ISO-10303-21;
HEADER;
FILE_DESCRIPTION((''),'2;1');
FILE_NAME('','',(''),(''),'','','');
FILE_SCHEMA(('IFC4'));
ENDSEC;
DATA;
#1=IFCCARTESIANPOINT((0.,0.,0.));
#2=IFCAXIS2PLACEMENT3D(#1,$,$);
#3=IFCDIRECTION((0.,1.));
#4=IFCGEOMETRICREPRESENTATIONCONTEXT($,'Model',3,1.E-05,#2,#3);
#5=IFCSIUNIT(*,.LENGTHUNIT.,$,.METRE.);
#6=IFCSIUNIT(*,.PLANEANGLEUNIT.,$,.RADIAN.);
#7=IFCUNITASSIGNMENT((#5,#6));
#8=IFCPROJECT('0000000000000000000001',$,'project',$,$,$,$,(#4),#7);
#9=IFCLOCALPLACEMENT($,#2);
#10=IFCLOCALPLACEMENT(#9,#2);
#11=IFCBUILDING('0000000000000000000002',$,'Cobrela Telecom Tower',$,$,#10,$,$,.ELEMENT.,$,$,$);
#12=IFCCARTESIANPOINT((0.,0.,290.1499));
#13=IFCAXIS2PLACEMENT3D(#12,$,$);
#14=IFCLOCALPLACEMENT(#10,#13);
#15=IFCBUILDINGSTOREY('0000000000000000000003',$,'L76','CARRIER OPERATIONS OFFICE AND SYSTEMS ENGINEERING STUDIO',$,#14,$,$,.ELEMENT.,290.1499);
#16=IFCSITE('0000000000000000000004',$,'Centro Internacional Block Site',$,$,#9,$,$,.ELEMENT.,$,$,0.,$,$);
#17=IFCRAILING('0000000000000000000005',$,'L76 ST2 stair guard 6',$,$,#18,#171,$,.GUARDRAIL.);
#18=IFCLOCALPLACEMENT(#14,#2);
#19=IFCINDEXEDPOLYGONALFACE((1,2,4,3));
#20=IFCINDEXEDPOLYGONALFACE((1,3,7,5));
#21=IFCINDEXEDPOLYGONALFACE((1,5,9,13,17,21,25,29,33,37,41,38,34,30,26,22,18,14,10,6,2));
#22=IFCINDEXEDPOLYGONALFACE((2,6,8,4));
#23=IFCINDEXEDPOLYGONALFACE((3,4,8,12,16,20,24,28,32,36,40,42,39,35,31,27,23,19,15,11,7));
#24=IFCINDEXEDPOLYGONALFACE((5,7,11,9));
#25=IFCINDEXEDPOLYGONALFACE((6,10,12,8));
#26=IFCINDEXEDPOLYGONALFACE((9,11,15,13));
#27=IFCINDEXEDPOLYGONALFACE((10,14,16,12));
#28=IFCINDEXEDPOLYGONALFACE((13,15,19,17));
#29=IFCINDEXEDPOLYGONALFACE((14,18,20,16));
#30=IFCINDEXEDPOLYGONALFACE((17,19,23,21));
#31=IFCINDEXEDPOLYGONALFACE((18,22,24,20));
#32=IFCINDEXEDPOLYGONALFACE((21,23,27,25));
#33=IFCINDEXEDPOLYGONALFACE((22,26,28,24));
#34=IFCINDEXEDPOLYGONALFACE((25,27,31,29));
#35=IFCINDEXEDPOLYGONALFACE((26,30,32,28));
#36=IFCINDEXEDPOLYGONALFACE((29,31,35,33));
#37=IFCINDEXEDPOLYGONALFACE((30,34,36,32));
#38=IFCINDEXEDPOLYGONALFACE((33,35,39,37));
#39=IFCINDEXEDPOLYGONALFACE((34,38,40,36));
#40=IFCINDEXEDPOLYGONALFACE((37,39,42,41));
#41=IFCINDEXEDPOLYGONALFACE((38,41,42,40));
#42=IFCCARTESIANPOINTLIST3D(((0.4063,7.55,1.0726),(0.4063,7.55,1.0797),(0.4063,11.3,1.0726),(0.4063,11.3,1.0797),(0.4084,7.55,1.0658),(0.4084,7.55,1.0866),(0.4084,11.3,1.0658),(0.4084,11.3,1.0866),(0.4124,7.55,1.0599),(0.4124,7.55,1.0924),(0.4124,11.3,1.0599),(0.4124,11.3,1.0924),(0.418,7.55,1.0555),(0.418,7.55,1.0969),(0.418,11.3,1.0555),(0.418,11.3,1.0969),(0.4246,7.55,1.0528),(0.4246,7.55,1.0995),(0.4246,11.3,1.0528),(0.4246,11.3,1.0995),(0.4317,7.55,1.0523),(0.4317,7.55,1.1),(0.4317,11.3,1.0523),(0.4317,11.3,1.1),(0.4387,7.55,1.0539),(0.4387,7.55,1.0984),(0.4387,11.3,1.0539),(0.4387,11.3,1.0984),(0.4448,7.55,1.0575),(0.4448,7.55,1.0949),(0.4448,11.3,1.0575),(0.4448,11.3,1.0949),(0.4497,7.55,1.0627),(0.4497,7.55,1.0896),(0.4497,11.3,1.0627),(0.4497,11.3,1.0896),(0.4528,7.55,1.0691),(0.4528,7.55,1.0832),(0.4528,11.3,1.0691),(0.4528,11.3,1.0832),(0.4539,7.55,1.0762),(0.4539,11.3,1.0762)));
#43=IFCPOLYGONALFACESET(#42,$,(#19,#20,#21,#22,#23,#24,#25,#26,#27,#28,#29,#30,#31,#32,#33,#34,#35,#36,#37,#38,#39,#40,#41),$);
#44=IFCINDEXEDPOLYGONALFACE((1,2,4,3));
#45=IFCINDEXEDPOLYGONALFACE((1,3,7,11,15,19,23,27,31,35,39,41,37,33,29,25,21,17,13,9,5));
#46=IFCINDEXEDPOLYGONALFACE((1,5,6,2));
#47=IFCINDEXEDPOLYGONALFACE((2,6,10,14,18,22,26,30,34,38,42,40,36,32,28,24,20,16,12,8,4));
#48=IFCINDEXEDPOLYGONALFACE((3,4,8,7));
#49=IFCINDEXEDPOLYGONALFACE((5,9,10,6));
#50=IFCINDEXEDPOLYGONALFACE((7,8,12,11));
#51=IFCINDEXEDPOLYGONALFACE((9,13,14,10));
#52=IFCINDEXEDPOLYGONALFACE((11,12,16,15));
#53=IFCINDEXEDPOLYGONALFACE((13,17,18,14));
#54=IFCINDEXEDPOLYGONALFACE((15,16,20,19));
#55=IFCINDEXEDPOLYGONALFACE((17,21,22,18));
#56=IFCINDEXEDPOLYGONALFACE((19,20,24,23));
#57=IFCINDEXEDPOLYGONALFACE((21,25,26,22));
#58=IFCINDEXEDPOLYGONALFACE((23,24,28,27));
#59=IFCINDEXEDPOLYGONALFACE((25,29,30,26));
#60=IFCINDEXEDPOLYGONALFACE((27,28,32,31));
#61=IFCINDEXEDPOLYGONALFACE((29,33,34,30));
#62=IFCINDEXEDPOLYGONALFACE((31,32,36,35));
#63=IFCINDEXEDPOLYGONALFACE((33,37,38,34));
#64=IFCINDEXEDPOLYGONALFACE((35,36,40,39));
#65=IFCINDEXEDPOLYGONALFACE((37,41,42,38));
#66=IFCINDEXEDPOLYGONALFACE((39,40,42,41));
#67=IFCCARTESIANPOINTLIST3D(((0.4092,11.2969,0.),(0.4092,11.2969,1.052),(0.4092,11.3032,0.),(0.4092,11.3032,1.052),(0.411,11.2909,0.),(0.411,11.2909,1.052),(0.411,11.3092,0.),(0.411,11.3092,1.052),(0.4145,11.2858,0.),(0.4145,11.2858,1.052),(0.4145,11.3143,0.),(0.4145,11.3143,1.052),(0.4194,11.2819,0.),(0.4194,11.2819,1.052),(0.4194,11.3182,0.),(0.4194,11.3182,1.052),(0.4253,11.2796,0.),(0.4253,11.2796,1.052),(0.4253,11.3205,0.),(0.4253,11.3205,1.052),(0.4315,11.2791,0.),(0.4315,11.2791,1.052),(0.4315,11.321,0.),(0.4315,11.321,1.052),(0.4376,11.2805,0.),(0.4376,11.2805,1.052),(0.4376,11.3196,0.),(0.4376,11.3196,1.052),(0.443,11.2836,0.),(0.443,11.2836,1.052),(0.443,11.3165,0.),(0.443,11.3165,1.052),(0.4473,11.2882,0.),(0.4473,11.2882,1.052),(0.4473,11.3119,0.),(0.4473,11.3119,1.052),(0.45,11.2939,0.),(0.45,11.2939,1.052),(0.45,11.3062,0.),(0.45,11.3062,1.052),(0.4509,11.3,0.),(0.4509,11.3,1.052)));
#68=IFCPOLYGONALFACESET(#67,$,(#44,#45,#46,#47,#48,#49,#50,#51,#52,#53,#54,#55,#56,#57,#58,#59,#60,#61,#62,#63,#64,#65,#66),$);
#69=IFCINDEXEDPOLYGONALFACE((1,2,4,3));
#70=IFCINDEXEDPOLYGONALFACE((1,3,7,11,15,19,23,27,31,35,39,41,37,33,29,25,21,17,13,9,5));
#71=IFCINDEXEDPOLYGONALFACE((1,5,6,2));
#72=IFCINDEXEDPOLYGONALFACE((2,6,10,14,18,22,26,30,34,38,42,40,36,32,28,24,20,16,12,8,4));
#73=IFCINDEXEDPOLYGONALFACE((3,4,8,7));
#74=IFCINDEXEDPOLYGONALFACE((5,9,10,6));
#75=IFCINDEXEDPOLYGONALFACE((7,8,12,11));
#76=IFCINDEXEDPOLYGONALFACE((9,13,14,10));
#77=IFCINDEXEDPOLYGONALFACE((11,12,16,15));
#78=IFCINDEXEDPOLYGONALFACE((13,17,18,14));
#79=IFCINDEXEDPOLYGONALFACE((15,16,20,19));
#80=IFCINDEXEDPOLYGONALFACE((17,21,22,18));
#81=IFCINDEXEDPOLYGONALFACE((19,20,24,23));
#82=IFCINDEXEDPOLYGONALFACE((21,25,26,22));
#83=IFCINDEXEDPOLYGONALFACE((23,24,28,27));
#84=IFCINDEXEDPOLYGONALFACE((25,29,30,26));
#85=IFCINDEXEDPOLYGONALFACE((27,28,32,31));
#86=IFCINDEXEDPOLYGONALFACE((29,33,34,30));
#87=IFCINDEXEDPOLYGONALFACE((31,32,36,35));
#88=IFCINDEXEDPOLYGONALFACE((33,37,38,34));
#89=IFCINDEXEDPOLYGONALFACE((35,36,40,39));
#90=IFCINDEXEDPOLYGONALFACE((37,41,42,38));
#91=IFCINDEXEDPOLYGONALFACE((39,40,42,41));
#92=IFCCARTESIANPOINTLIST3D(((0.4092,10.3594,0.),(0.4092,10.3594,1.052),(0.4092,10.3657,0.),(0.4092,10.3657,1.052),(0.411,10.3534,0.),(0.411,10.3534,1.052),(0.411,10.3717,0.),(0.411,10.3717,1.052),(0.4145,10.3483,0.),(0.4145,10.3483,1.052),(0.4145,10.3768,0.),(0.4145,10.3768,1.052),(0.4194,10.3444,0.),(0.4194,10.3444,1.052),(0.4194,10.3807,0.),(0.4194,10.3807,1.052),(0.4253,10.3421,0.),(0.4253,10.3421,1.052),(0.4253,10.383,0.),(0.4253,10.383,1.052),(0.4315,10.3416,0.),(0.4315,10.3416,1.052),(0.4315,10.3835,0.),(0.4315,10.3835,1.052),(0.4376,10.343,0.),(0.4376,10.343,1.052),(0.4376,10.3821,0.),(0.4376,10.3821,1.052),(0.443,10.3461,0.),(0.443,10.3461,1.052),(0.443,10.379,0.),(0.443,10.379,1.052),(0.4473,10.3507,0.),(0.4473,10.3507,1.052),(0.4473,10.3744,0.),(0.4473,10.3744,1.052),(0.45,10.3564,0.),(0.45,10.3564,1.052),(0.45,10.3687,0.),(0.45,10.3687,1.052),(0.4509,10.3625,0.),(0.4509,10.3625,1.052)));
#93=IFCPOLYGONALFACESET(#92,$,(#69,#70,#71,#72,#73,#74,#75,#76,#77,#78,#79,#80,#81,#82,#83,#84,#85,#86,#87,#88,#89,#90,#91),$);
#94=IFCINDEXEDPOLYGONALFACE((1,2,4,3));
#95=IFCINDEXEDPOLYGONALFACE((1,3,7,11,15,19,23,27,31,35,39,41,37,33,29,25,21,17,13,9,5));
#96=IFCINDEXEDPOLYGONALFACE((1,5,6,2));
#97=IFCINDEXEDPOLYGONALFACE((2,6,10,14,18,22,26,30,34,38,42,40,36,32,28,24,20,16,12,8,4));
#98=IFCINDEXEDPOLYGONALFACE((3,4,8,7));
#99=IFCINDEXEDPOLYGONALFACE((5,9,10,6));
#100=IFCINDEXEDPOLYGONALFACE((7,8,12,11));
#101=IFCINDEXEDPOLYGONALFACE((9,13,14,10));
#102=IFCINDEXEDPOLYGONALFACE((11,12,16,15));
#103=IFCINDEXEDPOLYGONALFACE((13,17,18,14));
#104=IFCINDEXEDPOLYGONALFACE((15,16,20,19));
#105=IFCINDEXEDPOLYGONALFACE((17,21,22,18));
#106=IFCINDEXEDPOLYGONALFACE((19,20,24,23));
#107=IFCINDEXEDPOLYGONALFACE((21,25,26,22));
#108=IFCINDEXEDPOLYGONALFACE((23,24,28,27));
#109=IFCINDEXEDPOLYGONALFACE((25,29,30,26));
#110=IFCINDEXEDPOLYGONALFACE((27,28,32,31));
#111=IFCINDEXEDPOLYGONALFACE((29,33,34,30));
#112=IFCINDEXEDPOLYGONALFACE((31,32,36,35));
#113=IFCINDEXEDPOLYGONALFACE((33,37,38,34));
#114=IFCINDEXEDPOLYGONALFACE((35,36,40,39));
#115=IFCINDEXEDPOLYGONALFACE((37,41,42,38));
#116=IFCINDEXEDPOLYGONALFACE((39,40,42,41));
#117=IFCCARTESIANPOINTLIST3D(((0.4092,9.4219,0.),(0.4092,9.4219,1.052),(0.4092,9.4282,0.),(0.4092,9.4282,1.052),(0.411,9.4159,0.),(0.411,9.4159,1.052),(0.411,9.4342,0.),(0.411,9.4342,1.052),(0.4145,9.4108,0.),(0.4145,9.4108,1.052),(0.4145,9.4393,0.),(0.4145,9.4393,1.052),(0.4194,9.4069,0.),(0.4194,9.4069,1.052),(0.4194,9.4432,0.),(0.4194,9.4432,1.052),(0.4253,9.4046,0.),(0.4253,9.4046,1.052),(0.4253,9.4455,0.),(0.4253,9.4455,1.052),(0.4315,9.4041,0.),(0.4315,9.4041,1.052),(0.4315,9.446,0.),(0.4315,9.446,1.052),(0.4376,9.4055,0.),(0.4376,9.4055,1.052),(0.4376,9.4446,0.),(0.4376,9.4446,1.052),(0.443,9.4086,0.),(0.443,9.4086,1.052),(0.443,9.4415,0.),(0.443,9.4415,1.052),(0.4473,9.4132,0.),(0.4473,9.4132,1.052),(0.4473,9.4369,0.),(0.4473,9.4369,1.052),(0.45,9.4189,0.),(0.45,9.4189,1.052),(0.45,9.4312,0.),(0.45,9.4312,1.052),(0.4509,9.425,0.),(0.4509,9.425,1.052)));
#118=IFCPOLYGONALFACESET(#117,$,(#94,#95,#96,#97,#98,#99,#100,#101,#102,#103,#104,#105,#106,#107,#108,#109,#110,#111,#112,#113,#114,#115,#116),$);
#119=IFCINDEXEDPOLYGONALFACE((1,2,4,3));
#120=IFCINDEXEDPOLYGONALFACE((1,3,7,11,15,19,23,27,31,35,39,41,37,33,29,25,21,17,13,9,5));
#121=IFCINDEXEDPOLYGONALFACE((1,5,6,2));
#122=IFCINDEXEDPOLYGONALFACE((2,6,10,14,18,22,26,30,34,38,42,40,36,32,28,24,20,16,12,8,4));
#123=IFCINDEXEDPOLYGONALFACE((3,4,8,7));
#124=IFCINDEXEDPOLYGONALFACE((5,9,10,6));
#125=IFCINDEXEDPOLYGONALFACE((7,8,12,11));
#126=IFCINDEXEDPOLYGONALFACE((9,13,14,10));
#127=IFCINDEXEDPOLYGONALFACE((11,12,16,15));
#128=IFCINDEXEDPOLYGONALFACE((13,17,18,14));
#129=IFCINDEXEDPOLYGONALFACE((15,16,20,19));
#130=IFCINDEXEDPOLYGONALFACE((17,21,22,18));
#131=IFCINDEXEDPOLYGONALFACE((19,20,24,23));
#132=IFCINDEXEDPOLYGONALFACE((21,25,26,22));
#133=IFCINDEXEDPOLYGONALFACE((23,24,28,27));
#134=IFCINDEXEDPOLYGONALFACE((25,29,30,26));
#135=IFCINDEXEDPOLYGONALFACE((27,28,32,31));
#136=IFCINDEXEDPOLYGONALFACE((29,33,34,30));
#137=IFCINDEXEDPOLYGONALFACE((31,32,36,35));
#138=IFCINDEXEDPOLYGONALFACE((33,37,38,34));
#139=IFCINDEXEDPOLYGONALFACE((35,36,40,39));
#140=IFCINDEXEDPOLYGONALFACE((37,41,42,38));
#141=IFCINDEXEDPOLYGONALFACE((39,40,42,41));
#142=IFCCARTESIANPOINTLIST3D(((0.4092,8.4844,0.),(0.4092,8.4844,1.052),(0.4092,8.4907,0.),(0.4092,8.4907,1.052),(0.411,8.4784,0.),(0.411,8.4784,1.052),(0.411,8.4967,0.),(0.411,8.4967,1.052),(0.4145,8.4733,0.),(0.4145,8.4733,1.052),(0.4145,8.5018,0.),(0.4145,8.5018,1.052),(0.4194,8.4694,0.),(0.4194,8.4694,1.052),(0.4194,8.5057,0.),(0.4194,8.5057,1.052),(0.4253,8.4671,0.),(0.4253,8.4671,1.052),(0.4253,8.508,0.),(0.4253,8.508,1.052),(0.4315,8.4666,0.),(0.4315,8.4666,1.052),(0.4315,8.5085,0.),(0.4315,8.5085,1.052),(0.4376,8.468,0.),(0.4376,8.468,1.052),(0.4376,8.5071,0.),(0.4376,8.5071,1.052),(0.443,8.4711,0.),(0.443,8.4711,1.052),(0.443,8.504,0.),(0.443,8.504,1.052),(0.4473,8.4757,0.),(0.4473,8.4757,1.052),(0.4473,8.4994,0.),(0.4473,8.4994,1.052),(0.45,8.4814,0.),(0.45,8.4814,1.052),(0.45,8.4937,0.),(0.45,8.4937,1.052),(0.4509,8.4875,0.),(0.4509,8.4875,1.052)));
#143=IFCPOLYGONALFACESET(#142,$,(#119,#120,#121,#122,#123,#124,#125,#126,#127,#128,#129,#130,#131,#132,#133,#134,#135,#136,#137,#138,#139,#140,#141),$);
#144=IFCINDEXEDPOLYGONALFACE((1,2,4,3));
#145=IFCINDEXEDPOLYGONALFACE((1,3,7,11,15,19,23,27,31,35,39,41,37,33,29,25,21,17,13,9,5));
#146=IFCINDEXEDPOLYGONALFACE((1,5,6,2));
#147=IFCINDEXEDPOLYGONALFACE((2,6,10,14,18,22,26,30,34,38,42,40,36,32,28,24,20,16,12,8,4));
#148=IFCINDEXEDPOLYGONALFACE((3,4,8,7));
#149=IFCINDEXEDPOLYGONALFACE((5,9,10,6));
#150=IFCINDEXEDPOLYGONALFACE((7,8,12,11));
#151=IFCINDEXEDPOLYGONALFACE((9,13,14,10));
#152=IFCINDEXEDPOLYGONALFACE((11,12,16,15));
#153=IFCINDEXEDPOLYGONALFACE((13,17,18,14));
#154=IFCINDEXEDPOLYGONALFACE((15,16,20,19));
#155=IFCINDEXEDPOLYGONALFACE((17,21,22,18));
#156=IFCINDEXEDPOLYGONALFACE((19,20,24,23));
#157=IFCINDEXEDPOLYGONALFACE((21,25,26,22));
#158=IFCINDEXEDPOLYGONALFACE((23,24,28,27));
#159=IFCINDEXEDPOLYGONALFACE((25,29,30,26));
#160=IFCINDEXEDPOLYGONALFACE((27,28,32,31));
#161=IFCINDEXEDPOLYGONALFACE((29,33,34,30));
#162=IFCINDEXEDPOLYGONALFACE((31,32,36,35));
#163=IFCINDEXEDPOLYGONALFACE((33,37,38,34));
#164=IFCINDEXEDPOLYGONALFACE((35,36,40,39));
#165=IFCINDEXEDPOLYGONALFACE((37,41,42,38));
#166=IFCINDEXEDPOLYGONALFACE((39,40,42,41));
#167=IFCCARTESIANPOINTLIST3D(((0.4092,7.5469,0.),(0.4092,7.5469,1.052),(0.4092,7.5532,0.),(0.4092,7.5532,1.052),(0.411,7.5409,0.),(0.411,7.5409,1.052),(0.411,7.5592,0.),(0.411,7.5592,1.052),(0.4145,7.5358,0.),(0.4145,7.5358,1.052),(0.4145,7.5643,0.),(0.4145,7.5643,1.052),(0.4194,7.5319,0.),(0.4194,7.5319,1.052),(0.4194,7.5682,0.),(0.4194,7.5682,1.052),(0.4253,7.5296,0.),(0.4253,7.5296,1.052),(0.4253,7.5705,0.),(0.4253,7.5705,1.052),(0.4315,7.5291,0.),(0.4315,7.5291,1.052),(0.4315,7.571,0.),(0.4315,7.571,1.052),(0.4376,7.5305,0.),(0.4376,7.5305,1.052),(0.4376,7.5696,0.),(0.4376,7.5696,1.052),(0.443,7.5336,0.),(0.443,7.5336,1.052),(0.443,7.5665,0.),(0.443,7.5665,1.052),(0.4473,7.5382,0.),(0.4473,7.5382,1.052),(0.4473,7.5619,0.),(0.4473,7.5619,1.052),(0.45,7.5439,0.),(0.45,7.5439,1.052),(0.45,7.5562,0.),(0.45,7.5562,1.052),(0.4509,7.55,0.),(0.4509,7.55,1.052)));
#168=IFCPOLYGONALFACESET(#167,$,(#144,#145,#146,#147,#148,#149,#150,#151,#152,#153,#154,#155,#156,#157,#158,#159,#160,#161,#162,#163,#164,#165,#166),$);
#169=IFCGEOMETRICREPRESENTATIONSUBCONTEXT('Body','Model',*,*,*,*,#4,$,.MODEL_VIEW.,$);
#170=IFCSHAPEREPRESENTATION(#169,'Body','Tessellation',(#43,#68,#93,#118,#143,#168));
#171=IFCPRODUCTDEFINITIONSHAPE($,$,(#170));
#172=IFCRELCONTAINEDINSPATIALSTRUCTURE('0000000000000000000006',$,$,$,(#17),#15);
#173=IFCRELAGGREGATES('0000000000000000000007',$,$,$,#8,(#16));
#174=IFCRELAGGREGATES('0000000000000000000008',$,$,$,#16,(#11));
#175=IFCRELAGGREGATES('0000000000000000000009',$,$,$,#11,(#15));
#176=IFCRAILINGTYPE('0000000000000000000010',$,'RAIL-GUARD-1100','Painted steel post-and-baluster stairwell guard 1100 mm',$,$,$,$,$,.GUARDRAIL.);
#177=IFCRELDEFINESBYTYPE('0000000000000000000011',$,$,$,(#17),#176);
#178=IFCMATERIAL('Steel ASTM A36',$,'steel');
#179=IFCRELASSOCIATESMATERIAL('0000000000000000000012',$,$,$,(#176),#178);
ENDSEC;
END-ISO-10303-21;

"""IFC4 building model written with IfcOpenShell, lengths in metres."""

from ifc_helpers import new_model, si_unit, direction, frame, origin, origin_2d, place, context, subcontext, project, spatial, circle, extrude, material, type_object, element, save


model = new_model("IFC4")

# Units and contexts
model_context = context("Model", 3, precision=1e-05, world=origin(), true_north=direction((0.0, 1.0)))
body_context = subcontext(model_context, "Body", "Model", "MODEL_VIEW")
ifc_project = project(units=[si_unit("LENGTHUNIT", "METRE"), si_unit("PLANEANGLEUNIT", "RADIAN")], contexts=[model_context])

# Site, building, storey
site_placement = place(None, origin())
site = spatial("IfcSite", under=ifc_project, at=site_placement, Name="Centro Internacional Block Site", CompositionType="ELEMENT", RefElevation=0.0)
building_placement = place(site_placement, origin())
building = spatial("IfcBuilding", under=site, at=building_placement, Name="Cobrela Telecom Tower", CompositionType="ELEMENT")
storey_placement = place(building_placement, frame((0.0, 0.0, 290.1499)))
storey = spatial("IfcBuildingStorey", under=building, at=storey_placement, Name="L76", Description="CARRIER OPERATIONS OFFICE AND SYSTEMS ENGINEERING STUDIO", CompositionType="ELEMENT", Elevation=290.1499)

# Shared definitions
ifc_material_1 = material(Name="Steel ASTM A36", Category="steel")

# Railing
railing_type_1 = type_object("IfcRailingType", Name="RAIL-GUARD-1100", Description="Painted steel post-and-baluster stairwell guard 1100 mm", PredefinedType="GUARDRAIL", material=ifc_material_1)
railing_1_placement = place(storey_placement, frame((0.4299, 11.3, 0.0)))
element("IfcRailing", 1, at=railing_1_placement, inside=storey, type_object=railing_type_1, Name="L76 ST2 stair guard 6", PredefinedType="GUARDRAIL", context=body_context, shape_type="SweptSolid", body=[
    extrude(circle(Radius=0.0239, at=origin_2d()), frame((0.0, 0.0, 1.0762), z_axis=(0.0, -1.0, 0.0), x_axis=(1.0, 0.0, 0.0)), (0.0, 0.0, 1.0), 3.75),
    extrude(circle(Radius=0.021, at=origin_2d()), origin(), (0.0, 0.0, 1.0), 1.052),
    extrude(circle(Radius=0.021, at=origin_2d()), frame((0.0, -0.9375, 0.0)), (0.0, 0.0, 1.0), 1.052),
    extrude(circle(Radius=0.021, at=origin_2d()), frame((0.0, -1.875, 0.0)), (0.0, 0.0, 1.0), 1.052),
    extrude(circle(Radius=0.021, at=origin_2d()), frame((0.0, -2.8125, 0.0)), (0.0, 0.0, 1.0), 1.052),
    extrude(circle(Radius=0.021, at=origin_2d()), frame((0.0, -3.75, 0.0)), (0.0, 0.0, 1.0), 1.052),
])

save(model, "model.ifc")
